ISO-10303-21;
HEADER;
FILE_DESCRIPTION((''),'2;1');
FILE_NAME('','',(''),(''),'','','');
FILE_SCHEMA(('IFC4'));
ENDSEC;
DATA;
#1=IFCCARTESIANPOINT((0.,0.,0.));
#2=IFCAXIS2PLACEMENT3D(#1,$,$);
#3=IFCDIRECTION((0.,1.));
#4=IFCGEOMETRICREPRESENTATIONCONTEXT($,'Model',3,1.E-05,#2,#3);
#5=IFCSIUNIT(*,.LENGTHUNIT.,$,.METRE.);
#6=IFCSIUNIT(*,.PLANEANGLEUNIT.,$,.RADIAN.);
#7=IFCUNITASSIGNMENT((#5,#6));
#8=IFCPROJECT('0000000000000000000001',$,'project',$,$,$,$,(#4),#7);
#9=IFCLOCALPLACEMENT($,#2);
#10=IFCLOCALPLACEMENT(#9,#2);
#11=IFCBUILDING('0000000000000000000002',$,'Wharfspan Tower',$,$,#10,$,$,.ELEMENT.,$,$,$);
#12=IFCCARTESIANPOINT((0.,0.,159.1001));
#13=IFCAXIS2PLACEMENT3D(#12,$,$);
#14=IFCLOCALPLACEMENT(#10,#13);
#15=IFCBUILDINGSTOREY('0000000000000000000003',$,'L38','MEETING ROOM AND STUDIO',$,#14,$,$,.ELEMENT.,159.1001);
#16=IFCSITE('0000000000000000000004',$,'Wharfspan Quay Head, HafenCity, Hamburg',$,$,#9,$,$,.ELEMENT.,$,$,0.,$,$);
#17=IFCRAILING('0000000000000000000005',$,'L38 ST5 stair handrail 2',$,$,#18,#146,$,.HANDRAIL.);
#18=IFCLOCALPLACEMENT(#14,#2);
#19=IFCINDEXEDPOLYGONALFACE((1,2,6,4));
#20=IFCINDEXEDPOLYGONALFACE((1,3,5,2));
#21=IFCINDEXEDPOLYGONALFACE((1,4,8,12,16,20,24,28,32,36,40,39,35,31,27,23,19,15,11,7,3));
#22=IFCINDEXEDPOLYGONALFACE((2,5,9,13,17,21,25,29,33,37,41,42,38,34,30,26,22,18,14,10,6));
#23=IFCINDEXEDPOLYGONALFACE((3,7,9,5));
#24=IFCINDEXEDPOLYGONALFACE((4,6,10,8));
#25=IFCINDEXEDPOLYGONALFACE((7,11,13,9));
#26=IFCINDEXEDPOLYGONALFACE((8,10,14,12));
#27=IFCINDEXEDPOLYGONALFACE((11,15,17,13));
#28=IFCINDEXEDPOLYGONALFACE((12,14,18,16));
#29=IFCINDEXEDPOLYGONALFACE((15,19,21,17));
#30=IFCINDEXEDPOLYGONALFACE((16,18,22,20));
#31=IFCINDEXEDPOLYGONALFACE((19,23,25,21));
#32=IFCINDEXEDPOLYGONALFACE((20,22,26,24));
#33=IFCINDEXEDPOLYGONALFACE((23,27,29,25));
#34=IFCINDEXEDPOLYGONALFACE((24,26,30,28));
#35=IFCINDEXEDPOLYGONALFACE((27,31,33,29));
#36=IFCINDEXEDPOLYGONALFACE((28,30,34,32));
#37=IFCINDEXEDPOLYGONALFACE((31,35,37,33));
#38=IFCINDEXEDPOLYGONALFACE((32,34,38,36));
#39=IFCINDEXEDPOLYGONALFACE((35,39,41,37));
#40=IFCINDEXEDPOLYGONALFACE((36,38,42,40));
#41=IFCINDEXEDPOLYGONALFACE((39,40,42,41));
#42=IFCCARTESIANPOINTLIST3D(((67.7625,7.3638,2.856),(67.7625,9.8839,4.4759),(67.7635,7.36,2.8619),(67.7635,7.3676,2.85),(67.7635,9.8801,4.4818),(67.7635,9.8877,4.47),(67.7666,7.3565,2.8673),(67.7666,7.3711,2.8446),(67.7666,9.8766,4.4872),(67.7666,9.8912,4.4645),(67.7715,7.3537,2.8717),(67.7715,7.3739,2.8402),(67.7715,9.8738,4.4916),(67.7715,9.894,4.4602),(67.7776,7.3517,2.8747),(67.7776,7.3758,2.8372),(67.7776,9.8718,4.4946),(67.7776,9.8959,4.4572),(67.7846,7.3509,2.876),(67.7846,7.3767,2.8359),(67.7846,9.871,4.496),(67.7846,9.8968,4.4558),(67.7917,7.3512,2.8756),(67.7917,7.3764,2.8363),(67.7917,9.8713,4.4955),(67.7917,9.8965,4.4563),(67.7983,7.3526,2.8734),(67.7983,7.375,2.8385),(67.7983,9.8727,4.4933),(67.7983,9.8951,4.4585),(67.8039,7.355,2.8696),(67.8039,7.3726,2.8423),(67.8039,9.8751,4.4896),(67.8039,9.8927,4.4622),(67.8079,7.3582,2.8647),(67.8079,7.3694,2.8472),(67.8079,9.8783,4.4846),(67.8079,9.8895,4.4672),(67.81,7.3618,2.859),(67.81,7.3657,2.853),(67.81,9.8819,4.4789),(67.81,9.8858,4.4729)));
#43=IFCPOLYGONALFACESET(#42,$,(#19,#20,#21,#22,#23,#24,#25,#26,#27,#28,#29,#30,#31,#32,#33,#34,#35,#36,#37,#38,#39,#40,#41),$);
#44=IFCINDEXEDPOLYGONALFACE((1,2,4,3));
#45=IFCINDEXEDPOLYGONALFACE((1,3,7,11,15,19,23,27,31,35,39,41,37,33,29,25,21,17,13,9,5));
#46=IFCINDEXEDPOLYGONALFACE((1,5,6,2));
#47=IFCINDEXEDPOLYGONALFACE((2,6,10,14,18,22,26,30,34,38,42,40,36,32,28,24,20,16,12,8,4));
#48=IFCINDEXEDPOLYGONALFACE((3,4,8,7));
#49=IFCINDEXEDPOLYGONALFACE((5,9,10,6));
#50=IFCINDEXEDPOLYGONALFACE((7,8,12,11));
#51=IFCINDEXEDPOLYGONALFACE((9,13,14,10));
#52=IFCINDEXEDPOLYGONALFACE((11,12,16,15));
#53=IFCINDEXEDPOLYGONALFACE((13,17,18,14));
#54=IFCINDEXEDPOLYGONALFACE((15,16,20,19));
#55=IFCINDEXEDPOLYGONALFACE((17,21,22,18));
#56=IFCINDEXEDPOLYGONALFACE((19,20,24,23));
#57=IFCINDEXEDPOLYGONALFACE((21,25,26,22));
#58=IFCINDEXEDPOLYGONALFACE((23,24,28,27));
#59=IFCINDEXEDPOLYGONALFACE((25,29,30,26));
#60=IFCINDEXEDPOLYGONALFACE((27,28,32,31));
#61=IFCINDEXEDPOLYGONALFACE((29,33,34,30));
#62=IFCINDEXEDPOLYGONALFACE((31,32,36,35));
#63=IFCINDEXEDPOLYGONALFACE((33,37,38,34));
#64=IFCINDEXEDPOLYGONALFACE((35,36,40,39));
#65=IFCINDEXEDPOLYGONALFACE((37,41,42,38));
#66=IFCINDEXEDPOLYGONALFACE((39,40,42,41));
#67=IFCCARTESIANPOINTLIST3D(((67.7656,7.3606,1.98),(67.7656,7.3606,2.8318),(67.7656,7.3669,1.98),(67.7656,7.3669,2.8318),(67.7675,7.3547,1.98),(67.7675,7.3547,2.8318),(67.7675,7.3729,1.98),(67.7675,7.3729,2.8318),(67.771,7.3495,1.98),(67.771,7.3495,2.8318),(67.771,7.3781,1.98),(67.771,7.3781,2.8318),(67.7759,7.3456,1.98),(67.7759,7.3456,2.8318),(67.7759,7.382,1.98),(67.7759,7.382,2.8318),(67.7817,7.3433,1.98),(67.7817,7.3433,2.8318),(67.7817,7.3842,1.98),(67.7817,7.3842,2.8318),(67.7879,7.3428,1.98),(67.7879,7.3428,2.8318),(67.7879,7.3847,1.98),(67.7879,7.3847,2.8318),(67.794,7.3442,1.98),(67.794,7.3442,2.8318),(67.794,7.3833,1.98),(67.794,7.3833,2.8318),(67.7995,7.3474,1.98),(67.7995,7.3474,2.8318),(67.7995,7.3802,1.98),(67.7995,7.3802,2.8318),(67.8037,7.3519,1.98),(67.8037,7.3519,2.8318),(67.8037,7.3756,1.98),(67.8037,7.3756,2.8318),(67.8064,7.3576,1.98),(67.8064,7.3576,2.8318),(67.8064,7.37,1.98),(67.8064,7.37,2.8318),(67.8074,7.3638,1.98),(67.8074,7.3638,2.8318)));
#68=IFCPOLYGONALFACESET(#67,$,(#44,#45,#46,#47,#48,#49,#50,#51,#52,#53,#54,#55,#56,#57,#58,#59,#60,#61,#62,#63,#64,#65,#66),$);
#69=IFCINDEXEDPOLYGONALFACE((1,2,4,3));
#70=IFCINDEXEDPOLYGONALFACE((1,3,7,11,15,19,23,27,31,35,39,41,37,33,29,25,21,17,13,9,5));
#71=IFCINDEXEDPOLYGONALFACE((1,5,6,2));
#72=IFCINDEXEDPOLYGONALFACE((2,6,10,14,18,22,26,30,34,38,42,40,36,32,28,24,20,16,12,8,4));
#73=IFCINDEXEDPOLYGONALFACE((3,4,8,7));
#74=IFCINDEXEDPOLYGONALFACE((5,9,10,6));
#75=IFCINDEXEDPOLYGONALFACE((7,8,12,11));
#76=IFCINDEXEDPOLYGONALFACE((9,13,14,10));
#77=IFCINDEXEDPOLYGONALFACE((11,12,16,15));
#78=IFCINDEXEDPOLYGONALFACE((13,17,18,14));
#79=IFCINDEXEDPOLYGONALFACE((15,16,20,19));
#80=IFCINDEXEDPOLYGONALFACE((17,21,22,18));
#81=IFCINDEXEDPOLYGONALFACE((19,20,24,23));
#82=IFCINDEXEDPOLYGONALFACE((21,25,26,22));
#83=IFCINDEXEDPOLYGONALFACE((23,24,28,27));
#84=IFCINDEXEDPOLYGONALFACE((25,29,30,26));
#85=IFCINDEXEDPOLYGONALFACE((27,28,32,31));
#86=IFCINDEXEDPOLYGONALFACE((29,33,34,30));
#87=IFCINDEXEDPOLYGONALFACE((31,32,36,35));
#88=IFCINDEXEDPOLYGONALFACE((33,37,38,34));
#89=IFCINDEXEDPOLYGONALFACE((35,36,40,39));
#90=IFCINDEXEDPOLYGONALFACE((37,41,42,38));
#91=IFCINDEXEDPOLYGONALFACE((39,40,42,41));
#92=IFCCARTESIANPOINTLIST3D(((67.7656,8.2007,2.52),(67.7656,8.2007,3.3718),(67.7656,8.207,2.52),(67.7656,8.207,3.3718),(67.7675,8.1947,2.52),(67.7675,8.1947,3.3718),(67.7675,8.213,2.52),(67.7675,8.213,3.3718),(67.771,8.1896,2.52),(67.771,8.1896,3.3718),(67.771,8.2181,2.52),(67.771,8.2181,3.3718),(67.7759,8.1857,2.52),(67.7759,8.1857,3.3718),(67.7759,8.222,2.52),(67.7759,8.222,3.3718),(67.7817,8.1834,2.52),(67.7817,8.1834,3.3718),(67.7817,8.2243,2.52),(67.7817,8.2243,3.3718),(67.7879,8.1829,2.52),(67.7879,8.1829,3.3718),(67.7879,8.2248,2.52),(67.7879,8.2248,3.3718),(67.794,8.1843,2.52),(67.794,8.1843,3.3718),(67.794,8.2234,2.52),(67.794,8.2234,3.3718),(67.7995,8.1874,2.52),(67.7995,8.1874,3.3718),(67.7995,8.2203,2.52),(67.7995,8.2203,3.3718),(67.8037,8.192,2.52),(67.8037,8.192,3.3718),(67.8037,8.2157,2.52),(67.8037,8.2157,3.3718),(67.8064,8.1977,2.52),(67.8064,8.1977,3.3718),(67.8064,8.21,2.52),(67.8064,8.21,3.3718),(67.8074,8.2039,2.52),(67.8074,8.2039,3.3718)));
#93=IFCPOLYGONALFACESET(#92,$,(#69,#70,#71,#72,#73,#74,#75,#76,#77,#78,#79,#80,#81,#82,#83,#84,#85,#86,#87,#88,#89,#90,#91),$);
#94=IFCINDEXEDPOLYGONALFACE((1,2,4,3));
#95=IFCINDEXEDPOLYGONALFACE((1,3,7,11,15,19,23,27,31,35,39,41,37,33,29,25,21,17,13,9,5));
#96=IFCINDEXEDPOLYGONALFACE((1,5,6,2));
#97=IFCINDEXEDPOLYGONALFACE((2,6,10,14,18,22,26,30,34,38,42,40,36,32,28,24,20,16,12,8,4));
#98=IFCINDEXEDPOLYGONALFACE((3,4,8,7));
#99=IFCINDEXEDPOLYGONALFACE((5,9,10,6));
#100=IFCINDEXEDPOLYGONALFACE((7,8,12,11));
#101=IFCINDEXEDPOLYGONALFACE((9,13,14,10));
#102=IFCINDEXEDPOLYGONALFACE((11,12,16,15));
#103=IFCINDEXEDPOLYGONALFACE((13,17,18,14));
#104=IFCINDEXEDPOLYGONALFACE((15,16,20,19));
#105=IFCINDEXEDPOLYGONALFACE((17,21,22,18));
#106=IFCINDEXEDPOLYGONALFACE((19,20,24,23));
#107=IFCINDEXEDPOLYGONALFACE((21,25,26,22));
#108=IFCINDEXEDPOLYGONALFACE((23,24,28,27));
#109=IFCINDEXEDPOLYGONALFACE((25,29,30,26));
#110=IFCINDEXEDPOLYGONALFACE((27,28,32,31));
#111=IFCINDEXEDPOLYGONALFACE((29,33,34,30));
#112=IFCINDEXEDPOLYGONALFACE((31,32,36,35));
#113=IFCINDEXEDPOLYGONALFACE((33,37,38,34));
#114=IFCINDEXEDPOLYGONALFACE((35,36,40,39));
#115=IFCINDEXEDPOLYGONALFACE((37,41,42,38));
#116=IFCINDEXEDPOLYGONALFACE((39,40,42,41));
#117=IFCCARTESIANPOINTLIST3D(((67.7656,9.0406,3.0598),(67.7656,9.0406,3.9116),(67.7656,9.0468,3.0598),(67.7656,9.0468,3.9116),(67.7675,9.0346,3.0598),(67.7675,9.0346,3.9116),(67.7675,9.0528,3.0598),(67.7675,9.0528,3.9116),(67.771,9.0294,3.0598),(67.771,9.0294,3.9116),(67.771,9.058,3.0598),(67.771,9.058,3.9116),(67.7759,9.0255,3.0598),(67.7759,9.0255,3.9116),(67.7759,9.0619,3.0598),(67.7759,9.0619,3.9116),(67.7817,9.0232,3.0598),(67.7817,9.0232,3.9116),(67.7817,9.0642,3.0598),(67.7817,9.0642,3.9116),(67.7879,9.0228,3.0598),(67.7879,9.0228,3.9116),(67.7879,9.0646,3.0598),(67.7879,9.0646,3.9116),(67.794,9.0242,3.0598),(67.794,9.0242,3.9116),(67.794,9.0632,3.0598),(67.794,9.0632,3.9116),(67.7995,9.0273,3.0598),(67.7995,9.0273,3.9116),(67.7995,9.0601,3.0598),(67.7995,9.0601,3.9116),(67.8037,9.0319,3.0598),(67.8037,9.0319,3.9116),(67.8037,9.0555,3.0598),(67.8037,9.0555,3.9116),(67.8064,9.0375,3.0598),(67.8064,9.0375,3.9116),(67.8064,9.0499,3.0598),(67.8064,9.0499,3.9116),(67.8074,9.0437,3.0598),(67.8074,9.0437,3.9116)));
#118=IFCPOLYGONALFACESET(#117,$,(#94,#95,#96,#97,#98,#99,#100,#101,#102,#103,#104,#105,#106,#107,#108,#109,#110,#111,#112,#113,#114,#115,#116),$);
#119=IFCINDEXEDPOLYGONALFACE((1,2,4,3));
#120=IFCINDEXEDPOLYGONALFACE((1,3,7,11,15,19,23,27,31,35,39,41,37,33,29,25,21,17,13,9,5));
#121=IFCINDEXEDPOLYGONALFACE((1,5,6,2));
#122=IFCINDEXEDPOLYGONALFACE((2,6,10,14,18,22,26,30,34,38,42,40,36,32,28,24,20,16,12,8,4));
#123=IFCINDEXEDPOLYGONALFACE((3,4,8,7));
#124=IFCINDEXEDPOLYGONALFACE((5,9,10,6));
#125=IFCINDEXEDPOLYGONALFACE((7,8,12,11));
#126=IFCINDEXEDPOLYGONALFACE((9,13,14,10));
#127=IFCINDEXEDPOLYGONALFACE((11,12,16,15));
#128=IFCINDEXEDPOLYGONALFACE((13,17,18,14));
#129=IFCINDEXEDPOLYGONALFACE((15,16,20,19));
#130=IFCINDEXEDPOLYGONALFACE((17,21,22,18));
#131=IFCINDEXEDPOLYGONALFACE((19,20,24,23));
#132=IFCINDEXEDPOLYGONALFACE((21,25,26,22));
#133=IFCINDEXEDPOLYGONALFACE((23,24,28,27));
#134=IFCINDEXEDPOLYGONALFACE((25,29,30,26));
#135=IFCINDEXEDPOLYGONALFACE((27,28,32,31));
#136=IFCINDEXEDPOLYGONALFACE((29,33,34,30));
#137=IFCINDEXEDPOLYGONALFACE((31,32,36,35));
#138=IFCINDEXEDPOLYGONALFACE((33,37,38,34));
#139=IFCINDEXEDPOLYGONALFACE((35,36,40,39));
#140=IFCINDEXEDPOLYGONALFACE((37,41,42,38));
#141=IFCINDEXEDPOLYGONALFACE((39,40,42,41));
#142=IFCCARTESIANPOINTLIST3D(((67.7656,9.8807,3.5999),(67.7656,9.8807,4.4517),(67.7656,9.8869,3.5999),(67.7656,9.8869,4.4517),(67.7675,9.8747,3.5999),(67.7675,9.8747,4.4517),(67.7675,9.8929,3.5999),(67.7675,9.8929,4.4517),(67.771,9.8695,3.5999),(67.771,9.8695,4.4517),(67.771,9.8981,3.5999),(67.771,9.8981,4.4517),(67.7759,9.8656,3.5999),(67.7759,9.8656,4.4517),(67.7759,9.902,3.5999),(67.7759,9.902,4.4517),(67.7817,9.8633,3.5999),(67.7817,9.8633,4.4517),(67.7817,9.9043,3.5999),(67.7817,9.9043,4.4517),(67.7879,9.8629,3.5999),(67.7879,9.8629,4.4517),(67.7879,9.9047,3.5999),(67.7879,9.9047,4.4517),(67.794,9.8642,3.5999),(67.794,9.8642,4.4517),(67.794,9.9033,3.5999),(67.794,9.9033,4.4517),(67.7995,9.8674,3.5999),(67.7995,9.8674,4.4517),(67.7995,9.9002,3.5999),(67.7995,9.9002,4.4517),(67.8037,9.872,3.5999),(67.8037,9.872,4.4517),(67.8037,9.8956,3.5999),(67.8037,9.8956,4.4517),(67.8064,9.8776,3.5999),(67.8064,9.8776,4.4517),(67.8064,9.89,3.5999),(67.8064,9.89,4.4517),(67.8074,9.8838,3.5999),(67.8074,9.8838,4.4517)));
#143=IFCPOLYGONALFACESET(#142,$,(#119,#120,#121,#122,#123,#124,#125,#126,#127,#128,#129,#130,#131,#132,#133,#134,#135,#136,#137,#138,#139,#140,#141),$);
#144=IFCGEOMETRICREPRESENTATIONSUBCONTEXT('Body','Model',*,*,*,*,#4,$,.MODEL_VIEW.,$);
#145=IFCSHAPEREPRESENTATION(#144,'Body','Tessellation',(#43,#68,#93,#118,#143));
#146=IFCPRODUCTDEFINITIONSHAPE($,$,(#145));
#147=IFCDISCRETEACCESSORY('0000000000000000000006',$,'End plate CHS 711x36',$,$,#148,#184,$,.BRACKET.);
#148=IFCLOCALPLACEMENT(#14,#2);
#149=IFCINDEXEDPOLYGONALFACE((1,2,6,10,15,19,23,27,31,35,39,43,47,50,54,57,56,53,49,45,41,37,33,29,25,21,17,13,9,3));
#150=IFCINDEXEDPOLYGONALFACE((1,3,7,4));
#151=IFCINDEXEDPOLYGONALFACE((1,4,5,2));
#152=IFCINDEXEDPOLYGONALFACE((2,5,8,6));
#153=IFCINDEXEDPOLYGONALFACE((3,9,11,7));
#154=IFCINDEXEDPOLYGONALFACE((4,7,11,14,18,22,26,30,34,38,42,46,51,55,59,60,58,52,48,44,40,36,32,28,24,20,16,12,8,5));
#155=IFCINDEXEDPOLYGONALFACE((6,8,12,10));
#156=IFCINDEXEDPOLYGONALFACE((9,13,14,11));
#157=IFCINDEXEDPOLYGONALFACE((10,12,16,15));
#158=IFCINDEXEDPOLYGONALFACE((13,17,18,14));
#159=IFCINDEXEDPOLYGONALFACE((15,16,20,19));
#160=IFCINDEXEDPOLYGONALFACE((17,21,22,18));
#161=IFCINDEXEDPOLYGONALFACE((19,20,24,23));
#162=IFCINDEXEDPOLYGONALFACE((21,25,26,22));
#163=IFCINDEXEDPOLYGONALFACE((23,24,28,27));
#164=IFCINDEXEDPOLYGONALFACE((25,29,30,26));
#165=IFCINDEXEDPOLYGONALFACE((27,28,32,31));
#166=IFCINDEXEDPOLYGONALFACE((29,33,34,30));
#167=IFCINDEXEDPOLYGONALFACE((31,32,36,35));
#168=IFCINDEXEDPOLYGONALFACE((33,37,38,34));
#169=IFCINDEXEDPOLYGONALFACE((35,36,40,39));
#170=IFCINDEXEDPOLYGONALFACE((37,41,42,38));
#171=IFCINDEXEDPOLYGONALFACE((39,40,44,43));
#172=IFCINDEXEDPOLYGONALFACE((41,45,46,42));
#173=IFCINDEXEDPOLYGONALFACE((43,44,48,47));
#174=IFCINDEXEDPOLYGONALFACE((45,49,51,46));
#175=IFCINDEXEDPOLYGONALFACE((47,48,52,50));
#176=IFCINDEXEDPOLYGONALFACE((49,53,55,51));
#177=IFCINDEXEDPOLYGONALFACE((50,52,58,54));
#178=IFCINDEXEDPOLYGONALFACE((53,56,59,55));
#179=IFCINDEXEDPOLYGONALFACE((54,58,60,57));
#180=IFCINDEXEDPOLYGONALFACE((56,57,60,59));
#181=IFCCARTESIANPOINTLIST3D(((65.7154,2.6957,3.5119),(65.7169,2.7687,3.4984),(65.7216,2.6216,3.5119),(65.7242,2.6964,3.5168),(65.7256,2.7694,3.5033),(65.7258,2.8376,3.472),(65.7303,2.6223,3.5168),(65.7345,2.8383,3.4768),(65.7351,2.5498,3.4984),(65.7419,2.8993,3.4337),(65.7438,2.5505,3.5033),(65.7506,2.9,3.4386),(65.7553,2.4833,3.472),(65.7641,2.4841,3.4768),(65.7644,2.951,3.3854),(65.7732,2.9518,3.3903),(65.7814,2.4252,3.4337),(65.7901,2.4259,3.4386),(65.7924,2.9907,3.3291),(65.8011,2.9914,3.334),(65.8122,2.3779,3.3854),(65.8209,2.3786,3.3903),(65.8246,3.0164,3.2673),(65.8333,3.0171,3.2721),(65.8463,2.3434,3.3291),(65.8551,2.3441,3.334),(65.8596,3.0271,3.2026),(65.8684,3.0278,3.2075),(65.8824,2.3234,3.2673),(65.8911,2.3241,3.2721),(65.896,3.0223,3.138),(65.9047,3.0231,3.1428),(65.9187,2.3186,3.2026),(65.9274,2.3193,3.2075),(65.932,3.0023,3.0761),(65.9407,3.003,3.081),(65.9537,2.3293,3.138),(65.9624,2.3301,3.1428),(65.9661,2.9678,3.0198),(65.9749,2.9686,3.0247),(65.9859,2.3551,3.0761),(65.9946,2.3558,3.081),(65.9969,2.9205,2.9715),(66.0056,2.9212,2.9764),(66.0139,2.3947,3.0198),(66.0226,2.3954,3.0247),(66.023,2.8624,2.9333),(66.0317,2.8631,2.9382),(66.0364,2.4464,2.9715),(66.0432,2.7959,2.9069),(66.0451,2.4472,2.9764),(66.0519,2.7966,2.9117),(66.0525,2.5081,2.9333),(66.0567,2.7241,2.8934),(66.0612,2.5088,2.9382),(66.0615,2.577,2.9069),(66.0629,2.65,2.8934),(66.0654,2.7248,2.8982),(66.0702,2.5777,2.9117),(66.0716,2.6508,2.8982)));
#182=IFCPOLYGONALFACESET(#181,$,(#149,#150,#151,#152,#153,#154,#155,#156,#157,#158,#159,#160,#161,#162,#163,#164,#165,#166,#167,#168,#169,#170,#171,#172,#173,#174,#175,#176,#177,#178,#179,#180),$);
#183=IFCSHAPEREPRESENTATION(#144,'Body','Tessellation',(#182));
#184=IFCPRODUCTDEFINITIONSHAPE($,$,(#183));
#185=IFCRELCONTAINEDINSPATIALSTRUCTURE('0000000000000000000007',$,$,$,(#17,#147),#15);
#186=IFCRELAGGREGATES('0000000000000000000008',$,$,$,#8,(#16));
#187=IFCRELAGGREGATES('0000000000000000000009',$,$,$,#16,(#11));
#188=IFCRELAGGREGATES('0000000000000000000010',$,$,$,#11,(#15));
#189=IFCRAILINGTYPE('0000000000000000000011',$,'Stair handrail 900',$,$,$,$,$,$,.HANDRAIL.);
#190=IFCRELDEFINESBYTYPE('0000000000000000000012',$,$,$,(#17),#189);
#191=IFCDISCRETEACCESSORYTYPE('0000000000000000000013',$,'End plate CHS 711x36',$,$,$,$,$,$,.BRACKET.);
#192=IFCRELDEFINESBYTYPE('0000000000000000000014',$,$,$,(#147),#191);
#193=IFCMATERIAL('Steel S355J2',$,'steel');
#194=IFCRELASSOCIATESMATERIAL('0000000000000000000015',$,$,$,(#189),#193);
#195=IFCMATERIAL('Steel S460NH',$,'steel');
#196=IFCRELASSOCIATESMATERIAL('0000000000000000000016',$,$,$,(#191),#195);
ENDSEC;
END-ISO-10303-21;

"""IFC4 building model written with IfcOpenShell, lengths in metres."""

from ifc_helpers import new_model, si_unit, direction, frame, origin, origin_2d, place, context, subcontext, project, spatial, circle, extrude, material, material_profile, profile_set, type_object, element, save


model = new_model("IFC4")

# Units and contexts
model_context = context("Model", 3, precision=1e-05, world=origin(), true_north=direction((0.0, 1.0)))
body_context = subcontext(model_context, "Body", "Model", "MODEL_VIEW")
ifc_project = project(units=[si_unit("LENGTHUNIT", "METRE"), si_unit("PLANEANGLEUNIT", "RADIAN")], contexts=[model_context])

# Site, building, storey
site_placement = place(None, origin())
site = spatial("IfcSite", under=ifc_project, at=site_placement, Name="Wharfspan Quay Head, HafenCity, Hamburg", CompositionType="ELEMENT", RefElevation=0.0)
building_placement = place(site_placement, origin())
building = spatial("IfcBuilding", under=site, at=building_placement, Name="Wharfspan Tower", CompositionType="ELEMENT")
storey_placement = place(building_placement, frame((0.0, 0.0, 159.1001)))
storey = spatial("IfcBuildingStorey", under=building, at=storey_placement, Name="L38", Description="MEETING ROOM AND STUDIO", CompositionType="ELEMENT", Elevation=159.1001)

# Shared definitions
ifc_material_1 = material(Name="Steel S355J2", Category="steel")

# Shared definitions
ifc_material_2 = material(Name="Steel S460NH", Category="steel")

# Railing
railing_type_1 = type_object("IfcRailingType", Name="Stair handrail 900", PredefinedType="HANDRAIL", material=ifc_material_1)
railing_1_placement = place(storey_placement, frame((67.7864, 7.3638, 1.98)))
element("IfcRailing", 1, at=railing_1_placement, inside=storey, type_object=railing_type_1, Name="L38 ST5 stair handrail 2", PredefinedType="HANDRAIL", context=body_context, shape_type="SweptSolid", body=[
    extrude(circle(Radius=0.0239, at=origin_2d()), frame((0.0, 0.0, 0.876), z_axis=(0.0, 0.8412, 0.540725), x_axis=(-1.0, 0.0, 0.0)), (0.0, 0.0, 1.0), 2.9958),
    extrude(circle(Radius=0.021, at=origin_2d()), origin(), (0.0, 0.0, 1.0), 0.8518),
    extrude(circle(Radius=0.021, at=origin_2d()), frame((0.0, 0.8401, 0.54)), (0.0, 0.0, 1.0), 0.8518),
    extrude(circle(Radius=0.021, at=origin_2d()), frame((0.0, 1.6799, 1.0798)), (0.0, 0.0, 1.0), 0.8518),
    extrude(circle(Radius=0.021, at=origin_2d()), frame((0.0, 2.52, 1.6199)), (0.0, 0.0, 1.0), 0.8518),
])

# Discrete accessory
ifc_material_profile_1 = material_profile(ifc_material_2, circle(Radius=0.3555, at=origin_2d()))
ifc_profile_set_1 = profile_set([ifc_material_profile_1], Name="Steel S460NH")
discrete_accessory_type = type_object("IfcDiscreteAccessoryType", Name="End plate CHS 711x36", PredefinedType="BRACKET", material=ifc_profile_set_1)
discrete_accessory_1_placement = place(storey_placement, frame((65.8892, 2.6729, 3.2026), z_axis=(0.871847, 0.072654, 0.484359), x_axis=(-0.083044, 0.996547, -0.000003)))
element("IfcDiscreteAccessory", 2, at=discrete_accessory_1_placement, inside=storey, type_object=discrete_accessory_type, Name="End plate CHS 711x36", PredefinedType="BRACKET", context=body_context, shape_type="SweptSolid", body=[
    extrude(circle(Radius=0.3555, at=origin_2d()), origin(), (0.0, 0.0, 1.0), 0.01),
])

save(model, "model.ifc")
